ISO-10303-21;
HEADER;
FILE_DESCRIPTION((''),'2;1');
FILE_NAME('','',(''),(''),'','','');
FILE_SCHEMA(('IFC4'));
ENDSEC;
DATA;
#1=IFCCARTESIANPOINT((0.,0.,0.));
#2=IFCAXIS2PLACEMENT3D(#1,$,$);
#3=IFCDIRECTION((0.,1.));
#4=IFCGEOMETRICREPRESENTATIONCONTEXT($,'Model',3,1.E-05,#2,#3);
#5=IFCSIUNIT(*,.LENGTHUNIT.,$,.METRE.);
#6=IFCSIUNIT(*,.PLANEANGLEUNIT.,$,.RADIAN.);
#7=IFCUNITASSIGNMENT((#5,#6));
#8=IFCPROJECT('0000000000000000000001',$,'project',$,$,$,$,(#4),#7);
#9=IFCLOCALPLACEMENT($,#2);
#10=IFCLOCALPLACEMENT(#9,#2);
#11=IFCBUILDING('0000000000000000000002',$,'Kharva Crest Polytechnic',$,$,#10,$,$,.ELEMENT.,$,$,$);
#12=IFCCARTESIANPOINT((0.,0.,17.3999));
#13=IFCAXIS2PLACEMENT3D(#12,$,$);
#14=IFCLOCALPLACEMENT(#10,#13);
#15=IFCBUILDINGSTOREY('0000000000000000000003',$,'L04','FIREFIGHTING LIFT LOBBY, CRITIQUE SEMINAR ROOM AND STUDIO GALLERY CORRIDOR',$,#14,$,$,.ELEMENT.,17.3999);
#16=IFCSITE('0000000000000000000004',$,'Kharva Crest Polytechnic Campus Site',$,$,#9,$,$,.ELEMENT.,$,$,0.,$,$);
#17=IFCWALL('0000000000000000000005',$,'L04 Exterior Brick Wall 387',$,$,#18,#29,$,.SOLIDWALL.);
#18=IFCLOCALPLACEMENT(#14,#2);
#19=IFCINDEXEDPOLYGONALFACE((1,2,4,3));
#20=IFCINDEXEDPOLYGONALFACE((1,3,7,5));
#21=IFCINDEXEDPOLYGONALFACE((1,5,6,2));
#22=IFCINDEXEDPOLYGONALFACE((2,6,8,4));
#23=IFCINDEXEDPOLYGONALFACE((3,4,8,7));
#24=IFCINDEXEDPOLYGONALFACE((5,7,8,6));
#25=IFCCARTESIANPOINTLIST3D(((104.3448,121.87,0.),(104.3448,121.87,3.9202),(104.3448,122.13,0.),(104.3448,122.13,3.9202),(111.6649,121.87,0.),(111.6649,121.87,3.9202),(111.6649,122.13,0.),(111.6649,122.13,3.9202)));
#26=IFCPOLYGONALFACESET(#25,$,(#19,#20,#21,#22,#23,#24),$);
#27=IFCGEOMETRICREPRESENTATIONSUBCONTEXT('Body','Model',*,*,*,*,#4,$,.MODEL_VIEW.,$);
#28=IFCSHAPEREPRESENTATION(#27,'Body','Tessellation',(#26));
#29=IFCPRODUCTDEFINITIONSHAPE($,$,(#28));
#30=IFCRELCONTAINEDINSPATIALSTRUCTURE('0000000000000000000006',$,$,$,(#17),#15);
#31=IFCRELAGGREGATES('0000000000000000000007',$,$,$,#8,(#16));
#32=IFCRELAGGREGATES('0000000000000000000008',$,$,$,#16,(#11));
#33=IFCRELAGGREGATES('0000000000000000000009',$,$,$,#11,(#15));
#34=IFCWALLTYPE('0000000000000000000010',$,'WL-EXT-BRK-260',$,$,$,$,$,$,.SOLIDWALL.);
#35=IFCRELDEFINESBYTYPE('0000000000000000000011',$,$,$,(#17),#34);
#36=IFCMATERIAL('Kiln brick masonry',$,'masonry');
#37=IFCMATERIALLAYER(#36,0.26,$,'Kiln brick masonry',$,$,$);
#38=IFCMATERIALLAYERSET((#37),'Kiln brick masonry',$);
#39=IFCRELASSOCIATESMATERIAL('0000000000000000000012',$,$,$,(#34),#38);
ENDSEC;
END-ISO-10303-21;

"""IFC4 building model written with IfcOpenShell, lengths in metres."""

from ifc_helpers import new_model, si_unit, direction, frame, frame_2d, origin, place, context, subcontext, project, spatial, rectangle, extrude, material, layer, layer_set, type_object, element, save


model = new_model("IFC4")

# Units and contexts
model_context = context("Model", 3, precision=1e-05, world=origin(), true_north=direction((0.0, 1.0)))
body_context = subcontext(model_context, "Body", "Model", "MODEL_VIEW")
ifc_project = project(units=[si_unit("LENGTHUNIT", "METRE"), si_unit("PLANEANGLEUNIT", "RADIAN")], contexts=[model_context])

# Site, building, storey
site_placement = place(None, origin())
site = spatial("IfcSite", under=ifc_project, at=site_placement, Name="Kharva Crest Polytechnic Campus Site", CompositionType="ELEMENT", RefElevation=0.0)
building_placement = place(site_placement, origin())
building = spatial("IfcBuilding", under=site, at=building_placement, Name="Kharva Crest Polytechnic", CompositionType="ELEMENT")
storey_placement = place(building_placement, frame((0.0, 0.0, 17.3999)))
storey = spatial("IfcBuildingStorey", under=building, at=storey_placement, Name="L04", Description="FIREFIGHTING LIFT LOBBY, CRITIQUE SEMINAR ROOM AND STUDIO GALLERY CORRIDOR", CompositionType="ELEMENT", Elevation=17.3999)

# Wall
ifc_material_1 = material(Name="Kiln brick masonry", Category="masonry")
ifc_layer_1 = layer(ifc_material_1, 0.26, Name="Kiln brick masonry")
ifc_layer_set_1 = layer_set([ifc_layer_1], Name="Kiln brick masonry")
wall_type = type_object("IfcWallType", Name="WL-EXT-BRK-260", PredefinedType="SOLIDWALL", material=ifc_layer_set_1)
wall_placement = place(storey_placement, frame((111.665, 122.0, 0.0), z_axis=(0.0, 0.0, 1.0), x_axis=(-1.0, 0.0, 0.0)))
element("IfcWall", 1, at=wall_placement, inside=storey, type_object=wall_type, Name="L04 Exterior Brick Wall 387", PredefinedType="SOLIDWALL", context=body_context, shape_type="SweptSolid", body=[
    extrude(rectangle(XDim=7.3201, YDim=0.26, at=frame_2d((3.6602, 0.0))), origin(), (0.0, 0.0, 1.0), 3.9202),
])

save(model, "model.ifc")
